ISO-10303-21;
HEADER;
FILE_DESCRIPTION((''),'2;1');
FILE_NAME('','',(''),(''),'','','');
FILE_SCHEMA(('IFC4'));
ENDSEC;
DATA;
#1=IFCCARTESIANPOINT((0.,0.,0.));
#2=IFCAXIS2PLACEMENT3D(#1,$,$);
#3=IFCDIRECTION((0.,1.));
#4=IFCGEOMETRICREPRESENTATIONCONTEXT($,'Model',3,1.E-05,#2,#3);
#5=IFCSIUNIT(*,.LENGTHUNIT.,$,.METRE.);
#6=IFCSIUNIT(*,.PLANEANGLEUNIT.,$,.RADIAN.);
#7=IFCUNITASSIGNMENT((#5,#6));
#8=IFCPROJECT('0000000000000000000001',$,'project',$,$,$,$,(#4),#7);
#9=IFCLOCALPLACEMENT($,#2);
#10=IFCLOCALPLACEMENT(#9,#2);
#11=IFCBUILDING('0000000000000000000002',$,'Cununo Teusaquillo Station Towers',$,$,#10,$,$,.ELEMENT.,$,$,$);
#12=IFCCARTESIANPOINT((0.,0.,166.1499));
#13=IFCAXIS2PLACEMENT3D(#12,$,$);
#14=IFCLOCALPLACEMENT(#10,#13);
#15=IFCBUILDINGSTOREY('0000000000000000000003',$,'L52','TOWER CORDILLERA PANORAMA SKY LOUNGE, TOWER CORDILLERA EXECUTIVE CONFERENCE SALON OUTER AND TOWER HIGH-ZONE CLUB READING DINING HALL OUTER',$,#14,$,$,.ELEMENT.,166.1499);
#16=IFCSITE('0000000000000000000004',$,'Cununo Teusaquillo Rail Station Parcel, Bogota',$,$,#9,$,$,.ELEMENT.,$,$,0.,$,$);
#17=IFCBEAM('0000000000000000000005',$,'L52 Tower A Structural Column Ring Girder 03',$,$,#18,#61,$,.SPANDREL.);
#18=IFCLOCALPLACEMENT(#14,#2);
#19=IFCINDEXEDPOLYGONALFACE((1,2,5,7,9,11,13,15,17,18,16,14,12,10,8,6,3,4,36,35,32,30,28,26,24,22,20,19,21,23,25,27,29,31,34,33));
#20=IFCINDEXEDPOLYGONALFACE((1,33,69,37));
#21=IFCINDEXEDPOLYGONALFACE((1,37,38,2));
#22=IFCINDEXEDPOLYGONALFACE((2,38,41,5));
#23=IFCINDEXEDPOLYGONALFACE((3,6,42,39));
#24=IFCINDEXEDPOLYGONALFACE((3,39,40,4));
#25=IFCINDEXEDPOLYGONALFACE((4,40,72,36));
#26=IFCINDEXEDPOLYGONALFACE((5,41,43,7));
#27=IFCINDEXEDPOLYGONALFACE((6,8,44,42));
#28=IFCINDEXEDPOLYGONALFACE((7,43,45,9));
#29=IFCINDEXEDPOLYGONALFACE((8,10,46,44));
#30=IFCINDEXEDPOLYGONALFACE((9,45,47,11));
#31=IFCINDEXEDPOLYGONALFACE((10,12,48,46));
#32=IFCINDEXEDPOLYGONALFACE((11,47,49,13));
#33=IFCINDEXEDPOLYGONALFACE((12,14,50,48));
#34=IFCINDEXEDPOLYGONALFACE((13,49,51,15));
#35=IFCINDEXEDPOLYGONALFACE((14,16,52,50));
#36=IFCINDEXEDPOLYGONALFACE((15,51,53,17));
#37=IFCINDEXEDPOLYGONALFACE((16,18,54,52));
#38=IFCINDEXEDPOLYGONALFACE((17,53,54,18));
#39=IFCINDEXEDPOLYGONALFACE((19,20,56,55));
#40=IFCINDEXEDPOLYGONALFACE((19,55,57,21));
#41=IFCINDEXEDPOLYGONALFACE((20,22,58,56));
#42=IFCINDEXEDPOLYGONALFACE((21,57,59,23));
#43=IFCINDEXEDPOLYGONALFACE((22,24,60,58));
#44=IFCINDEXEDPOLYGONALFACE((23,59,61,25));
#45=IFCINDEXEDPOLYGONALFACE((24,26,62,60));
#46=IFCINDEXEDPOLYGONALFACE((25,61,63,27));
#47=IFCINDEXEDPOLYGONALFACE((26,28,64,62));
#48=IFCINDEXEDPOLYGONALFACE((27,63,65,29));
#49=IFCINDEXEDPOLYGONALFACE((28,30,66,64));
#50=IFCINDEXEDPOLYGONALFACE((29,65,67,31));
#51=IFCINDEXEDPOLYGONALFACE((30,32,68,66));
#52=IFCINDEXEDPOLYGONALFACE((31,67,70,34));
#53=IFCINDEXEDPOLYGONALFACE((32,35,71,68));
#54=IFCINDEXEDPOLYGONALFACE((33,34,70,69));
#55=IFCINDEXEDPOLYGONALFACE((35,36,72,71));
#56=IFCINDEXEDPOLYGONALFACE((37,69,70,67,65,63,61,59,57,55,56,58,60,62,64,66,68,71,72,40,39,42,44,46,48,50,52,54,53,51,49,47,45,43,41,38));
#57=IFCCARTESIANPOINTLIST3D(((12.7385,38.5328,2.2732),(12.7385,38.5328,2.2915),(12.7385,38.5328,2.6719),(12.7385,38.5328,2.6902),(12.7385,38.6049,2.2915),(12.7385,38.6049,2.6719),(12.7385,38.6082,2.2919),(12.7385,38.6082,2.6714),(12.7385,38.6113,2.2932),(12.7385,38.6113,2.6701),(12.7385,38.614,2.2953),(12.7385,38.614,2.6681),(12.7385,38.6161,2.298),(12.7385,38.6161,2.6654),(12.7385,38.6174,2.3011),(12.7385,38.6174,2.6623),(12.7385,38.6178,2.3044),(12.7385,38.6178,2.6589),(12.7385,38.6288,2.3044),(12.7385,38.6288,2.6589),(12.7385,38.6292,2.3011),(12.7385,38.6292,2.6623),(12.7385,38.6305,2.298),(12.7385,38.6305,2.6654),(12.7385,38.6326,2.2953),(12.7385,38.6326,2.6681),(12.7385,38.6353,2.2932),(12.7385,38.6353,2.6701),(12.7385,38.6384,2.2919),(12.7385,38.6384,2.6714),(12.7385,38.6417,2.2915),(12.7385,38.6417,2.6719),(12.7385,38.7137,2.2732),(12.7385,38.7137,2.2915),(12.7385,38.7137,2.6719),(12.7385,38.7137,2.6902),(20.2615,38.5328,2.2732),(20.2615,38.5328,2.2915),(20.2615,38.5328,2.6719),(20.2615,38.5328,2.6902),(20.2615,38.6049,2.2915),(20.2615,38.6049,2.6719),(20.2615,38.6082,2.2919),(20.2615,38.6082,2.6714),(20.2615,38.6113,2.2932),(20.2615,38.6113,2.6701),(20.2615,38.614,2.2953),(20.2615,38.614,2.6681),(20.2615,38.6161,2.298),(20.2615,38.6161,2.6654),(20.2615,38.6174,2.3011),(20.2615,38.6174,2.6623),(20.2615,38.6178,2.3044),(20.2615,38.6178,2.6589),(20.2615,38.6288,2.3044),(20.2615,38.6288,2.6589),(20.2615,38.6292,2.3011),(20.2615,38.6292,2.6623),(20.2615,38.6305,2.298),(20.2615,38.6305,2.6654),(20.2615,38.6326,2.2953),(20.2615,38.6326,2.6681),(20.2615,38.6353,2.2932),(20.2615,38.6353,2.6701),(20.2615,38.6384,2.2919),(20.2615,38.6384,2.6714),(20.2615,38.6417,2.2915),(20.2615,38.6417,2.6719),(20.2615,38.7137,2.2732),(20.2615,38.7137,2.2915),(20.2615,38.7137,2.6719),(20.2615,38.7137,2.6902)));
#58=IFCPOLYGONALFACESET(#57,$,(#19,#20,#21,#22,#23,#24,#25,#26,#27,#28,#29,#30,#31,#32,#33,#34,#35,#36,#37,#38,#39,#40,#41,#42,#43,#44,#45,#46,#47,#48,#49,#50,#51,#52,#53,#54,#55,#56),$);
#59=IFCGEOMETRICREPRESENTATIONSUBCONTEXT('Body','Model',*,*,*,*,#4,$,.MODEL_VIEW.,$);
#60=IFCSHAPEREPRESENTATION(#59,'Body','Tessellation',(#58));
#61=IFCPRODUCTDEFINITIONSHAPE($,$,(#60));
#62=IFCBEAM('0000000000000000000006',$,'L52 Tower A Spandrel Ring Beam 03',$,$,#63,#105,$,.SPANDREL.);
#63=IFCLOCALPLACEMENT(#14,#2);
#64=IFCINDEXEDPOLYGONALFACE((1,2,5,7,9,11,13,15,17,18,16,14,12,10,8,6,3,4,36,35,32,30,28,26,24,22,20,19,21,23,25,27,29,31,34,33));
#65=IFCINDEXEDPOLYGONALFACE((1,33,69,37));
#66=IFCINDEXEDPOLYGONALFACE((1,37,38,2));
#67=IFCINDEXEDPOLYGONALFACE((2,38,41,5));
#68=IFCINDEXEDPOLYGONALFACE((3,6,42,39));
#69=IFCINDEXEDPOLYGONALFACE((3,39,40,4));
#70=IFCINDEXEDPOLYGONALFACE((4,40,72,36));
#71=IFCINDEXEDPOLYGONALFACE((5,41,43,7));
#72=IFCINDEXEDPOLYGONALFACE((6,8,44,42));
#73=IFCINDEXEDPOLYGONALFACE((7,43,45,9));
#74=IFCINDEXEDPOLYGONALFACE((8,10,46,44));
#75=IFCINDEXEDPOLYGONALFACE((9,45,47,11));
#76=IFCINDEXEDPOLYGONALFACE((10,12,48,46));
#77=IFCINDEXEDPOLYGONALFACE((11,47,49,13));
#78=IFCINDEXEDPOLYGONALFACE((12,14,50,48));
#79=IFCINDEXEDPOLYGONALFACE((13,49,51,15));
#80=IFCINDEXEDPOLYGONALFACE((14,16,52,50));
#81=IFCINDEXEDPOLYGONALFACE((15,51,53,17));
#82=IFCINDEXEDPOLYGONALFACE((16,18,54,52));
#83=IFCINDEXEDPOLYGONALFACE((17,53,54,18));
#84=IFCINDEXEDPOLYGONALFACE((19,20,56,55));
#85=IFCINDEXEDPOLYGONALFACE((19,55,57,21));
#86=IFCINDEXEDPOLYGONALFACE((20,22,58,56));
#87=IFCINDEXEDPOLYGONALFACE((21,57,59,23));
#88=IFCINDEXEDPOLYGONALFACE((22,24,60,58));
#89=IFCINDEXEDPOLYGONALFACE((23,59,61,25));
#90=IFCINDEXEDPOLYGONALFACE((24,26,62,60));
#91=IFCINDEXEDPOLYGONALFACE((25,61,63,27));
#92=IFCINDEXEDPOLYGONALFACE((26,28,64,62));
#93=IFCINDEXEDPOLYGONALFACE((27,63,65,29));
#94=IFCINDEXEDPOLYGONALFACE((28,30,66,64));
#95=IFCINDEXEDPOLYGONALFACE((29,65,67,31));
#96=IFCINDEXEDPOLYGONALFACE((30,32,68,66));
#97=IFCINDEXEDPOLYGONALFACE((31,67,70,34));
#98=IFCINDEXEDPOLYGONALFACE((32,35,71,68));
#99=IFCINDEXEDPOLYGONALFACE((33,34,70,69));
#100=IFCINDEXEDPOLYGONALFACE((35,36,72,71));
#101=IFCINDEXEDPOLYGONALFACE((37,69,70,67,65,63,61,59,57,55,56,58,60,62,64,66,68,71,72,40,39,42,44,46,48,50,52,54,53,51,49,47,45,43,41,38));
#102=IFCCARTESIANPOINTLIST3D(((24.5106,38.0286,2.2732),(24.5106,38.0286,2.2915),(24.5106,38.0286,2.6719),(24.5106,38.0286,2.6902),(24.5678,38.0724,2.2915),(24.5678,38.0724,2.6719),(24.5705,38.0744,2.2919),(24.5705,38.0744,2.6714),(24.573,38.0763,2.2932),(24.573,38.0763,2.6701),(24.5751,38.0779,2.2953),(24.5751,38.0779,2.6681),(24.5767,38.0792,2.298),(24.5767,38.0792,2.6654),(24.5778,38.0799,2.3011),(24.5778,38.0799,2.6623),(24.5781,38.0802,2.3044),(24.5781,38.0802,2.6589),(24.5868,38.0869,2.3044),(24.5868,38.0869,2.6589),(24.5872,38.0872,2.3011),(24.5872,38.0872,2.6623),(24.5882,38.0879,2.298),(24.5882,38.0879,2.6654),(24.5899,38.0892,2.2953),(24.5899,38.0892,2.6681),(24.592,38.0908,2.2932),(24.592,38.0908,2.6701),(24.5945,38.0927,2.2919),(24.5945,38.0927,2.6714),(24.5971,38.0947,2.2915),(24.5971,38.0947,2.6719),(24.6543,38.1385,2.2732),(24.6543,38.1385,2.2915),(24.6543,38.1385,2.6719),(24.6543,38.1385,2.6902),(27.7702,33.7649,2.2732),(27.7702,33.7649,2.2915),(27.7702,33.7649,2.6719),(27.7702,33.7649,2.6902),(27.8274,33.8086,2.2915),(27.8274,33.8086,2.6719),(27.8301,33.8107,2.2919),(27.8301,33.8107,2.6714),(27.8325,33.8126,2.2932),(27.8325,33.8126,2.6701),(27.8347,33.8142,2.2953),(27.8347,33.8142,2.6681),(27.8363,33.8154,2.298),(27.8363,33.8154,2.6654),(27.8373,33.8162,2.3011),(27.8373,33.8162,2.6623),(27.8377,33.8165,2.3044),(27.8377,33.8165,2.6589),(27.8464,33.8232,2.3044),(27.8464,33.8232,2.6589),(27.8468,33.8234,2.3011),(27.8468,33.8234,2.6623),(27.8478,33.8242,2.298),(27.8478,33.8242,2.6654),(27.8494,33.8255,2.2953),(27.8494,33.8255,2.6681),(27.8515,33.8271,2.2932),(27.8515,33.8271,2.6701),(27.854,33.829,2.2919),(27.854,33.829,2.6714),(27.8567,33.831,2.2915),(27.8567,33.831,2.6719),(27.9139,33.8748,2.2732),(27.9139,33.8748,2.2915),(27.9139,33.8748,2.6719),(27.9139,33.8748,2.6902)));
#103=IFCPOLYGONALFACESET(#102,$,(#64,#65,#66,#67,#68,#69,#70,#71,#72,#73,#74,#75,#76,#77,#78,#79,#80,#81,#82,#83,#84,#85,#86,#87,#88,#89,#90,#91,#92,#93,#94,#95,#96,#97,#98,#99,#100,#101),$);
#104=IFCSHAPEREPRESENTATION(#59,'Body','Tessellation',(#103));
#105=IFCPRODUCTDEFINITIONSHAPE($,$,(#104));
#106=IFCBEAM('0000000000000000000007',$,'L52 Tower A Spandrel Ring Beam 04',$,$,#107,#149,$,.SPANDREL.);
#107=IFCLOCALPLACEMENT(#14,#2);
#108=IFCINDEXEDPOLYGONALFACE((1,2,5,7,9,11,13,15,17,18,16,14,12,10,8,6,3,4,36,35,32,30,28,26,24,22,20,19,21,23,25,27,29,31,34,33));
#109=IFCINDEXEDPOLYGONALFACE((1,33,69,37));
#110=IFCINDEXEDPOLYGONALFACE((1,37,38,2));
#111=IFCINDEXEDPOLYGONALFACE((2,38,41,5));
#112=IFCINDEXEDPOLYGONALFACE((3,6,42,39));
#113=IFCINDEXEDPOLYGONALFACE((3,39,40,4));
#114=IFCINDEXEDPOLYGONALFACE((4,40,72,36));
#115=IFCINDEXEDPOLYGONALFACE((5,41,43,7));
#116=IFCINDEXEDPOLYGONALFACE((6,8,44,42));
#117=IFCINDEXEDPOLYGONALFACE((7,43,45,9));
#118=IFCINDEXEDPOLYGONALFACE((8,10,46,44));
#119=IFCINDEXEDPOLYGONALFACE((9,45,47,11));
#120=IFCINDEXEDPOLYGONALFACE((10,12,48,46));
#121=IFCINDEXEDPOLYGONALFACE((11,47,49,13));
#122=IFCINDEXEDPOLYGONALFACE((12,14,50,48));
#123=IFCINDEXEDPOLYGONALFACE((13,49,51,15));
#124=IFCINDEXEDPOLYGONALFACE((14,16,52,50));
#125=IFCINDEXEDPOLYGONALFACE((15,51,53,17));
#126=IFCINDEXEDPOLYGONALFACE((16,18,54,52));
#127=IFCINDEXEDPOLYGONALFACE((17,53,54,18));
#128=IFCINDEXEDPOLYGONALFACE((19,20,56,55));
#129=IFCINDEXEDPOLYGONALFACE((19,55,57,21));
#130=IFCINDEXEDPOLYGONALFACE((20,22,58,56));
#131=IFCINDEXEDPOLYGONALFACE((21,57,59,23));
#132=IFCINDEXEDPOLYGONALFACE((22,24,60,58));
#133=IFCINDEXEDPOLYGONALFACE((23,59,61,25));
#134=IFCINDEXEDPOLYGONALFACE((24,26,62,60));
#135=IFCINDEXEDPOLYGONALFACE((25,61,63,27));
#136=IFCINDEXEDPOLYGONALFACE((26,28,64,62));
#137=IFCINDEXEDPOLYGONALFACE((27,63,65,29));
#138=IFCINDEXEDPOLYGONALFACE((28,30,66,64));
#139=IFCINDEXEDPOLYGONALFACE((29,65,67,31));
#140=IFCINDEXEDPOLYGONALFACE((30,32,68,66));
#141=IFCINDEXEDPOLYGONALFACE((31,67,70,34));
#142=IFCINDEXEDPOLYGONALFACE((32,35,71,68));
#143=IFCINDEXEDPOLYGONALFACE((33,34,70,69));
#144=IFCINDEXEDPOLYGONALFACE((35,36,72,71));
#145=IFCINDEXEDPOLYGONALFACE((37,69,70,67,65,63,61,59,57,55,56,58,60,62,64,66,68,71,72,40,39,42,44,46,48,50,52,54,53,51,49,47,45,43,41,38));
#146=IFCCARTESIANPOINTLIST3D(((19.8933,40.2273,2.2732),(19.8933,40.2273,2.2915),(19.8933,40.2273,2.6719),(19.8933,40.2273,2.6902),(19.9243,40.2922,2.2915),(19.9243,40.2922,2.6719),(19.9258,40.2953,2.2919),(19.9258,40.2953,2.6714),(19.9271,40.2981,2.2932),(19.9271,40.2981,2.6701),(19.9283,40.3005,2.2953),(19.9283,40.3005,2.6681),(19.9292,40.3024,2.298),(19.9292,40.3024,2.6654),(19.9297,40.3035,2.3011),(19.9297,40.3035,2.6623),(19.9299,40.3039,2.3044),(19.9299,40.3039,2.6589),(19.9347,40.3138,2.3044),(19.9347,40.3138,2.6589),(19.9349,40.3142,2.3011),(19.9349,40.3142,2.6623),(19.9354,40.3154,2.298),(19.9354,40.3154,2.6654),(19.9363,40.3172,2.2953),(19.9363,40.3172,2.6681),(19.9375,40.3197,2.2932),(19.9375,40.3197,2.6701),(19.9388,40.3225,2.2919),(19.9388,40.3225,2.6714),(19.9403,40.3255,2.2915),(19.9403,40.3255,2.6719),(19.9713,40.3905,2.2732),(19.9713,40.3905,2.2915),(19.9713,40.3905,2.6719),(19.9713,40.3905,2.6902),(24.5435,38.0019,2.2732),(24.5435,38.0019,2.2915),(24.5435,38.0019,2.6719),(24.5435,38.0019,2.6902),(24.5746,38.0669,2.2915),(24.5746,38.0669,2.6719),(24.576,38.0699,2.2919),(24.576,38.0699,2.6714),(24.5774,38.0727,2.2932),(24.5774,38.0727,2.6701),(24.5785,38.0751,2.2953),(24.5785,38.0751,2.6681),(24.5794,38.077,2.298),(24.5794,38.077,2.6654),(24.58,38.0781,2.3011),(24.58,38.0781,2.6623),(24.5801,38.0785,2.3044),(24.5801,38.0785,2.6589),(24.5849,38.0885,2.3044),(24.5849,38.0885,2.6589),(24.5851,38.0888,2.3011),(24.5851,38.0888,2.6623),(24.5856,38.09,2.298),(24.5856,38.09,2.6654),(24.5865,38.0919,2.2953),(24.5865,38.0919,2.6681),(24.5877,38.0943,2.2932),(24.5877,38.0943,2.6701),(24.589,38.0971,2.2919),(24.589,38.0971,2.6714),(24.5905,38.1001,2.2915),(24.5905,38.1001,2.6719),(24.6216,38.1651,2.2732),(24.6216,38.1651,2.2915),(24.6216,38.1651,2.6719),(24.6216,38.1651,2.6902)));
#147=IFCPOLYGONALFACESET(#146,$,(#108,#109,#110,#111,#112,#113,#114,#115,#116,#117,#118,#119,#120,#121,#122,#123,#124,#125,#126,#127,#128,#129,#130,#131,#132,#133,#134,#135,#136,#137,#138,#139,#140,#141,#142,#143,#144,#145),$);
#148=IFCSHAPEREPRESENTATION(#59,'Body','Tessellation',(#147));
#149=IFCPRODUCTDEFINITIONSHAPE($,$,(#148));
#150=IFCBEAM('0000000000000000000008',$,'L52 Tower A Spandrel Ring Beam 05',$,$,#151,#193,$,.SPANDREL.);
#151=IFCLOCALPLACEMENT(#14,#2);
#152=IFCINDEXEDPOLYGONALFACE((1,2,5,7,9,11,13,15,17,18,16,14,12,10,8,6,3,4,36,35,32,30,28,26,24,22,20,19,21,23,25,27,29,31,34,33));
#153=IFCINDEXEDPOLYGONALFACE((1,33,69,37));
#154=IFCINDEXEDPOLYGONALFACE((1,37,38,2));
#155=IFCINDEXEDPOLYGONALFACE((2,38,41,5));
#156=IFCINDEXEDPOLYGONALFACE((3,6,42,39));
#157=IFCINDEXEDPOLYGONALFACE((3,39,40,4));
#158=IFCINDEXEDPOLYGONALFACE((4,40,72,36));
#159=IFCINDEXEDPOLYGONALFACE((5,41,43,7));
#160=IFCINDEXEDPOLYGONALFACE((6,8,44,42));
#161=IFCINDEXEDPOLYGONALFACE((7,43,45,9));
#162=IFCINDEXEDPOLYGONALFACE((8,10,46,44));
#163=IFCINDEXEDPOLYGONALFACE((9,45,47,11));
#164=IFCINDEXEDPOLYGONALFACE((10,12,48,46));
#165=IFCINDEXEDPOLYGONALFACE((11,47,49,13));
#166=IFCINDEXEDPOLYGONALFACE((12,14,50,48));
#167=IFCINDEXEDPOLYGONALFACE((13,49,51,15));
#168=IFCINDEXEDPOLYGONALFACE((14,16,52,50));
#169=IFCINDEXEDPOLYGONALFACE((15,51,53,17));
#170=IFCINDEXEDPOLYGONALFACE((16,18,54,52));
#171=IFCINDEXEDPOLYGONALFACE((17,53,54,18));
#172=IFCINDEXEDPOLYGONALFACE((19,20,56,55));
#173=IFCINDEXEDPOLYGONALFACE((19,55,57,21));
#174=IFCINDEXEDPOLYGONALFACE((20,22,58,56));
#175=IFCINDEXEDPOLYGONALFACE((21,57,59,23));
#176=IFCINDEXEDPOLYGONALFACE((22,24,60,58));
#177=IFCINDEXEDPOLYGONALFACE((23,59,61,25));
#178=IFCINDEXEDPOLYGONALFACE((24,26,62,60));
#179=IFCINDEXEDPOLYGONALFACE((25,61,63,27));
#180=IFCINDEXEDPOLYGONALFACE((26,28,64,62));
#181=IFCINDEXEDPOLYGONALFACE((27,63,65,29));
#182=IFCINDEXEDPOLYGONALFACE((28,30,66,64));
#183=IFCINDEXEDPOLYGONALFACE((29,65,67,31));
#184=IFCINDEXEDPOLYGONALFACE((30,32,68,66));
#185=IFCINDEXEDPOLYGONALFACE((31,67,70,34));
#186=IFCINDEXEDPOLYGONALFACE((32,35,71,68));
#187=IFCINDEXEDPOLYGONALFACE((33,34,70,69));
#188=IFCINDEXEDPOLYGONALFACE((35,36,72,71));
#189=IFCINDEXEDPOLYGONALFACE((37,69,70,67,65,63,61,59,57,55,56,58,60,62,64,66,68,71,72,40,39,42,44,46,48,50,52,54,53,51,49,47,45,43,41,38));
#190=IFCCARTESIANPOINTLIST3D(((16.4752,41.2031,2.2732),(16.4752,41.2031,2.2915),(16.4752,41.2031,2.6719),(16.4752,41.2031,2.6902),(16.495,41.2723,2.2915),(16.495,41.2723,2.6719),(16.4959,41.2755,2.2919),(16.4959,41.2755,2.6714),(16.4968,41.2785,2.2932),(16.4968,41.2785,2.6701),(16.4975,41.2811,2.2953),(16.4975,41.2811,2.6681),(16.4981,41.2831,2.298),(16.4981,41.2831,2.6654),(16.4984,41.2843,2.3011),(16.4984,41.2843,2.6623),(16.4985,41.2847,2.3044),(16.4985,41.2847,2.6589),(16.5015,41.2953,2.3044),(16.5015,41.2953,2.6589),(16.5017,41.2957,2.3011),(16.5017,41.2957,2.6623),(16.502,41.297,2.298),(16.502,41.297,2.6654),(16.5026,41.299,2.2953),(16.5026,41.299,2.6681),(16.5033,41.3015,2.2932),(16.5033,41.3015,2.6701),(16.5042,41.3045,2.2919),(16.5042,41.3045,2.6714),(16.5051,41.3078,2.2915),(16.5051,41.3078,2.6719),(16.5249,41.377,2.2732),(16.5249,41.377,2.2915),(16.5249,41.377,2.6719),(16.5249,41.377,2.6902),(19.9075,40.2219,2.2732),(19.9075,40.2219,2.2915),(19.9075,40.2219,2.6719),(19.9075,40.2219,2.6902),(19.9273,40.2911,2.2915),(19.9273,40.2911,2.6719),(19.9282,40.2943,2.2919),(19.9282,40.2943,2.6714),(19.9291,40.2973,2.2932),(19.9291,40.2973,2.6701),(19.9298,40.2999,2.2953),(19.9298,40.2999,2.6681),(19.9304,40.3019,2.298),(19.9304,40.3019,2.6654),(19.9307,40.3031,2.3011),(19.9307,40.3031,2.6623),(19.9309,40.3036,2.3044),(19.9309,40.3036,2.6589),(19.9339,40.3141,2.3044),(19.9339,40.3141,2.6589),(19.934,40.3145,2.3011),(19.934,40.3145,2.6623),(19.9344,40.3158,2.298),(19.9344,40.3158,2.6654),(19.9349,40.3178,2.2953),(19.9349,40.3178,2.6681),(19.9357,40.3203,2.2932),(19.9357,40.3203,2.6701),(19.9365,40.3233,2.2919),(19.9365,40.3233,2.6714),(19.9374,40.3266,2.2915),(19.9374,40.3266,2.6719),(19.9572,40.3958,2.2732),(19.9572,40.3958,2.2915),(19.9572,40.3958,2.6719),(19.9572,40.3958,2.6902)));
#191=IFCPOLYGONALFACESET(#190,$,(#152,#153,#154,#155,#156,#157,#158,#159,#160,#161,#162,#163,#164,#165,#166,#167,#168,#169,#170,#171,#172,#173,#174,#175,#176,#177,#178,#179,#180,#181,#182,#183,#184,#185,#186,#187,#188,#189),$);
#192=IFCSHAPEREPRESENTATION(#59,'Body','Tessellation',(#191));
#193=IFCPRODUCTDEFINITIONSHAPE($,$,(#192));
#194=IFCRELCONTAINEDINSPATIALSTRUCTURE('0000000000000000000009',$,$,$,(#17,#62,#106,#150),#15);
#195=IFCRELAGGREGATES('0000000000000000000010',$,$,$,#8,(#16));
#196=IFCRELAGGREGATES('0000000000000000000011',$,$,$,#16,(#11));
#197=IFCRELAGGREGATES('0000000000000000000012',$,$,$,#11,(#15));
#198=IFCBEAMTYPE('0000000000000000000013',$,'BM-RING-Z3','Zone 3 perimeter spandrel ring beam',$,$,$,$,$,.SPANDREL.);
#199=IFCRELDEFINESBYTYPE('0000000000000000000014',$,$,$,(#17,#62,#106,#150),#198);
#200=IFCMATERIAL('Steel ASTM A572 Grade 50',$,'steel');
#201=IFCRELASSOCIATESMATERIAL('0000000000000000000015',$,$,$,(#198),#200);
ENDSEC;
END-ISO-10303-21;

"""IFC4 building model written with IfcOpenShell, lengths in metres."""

from ifc_helpers import new_model, si_unit, direction, frame, origin, origin_2d, place, context, subcontext, project, spatial, i_section, extrude, material, material_profile, profile_set, type_object, element, save


model = new_model("IFC4")

# Units and contexts
model_context = context("Model", 3, precision=1e-05, world=origin(), true_north=direction((0.0, 1.0)))
body_context = subcontext(model_context, "Body", "Model", "MODEL_VIEW")
ifc_project = project(units=[si_unit("LENGTHUNIT", "METRE"), si_unit("PLANEANGLEUNIT", "RADIAN")], contexts=[model_context])

# Site, building, storey
site_placement = place(None, origin())
site = spatial("IfcSite", under=ifc_project, at=site_placement, Name="Cununo Teusaquillo Rail Station Parcel, Bogota", CompositionType="ELEMENT", RefElevation=0.0)
building_placement = place(site_placement, origin())
building = spatial("IfcBuilding", under=site, at=building_placement, Name="Cununo Teusaquillo Station Towers", CompositionType="ELEMENT")
storey_placement = place(building_placement, frame((0.0, 0.0, 166.1499)))
storey = spatial("IfcBuildingStorey", under=building, at=storey_placement, Name="L52", Description="TOWER CORDILLERA PANORAMA SKY LOUNGE, TOWER CORDILLERA EXECUTIVE CONFERENCE SALON OUTER AND TOWER HIGH-ZONE CLUB READING DINING HALL OUTER", CompositionType="ELEMENT", Elevation=166.1499)

# Beams
ifc_material_1 = material(Name="Steel ASTM A572 Grade 50", Category="steel")
ifc_material_profile_1 = material_profile(ifc_material_1, i_section(OverallWidth=0.1809, OverallDepth=0.417, WebThickness=0.011, FlangeThickness=0.0183, FilletRadius=0.0129, at=origin_2d()), Name="W16X57")
ifc_profile_set_1 = profile_set([ifc_material_profile_1], Name="Steel ASTM A572 Grade 50")
beam_type_1 = type_object("IfcBeamType", Name="BM-RING-Z3", Description="Zone 3 perimeter spandrel ring beam", PredefinedType="SPANDREL", material=ifc_profile_set_1)
beam_1_placement = place(storey_placement, frame((20.2615, 38.6233, 2.4817), z_axis=(-1.0, 0.0, 0.0), x_axis=(0.0, -1.0, 0.0)))
element("IfcBeam", 1, at=beam_1_placement, inside=storey, type_object=beam_type_1, Name="L52 Tower A Structural Column Ring Girder 03", PredefinedType="SPANDREL", context=body_context, shape_type="SweptSolid", body=[
    extrude(i_section(OverallWidth=0.1809, OverallDepth=0.417, WebThickness=0.011, FlangeThickness=0.0183, FilletRadius=0.0129, at=origin_2d()), origin(), (0.0, 0.0, 1.0), 7.5229),
])
beam_2_placement = place(storey_placement, frame((27.842, 33.8198, 2.4817), z_axis=(-0.60734, 0.794442, 0.0), x_axis=(-0.794442, -0.60734, 0.0)))
element("IfcBeam", 2, at=beam_2_placement, inside=storey, type_object=beam_type_1, Name="L52 Tower A Spandrel Ring Beam 03", PredefinedType="SPANDREL", context=body_context, shape_type="SweptSolid", body=[
    extrude(i_section(OverallWidth=0.1809, OverallDepth=0.417, WebThickness=0.011, FlangeThickness=0.0183, FilletRadius=0.0129, at=origin_2d()), origin(), (0.0, 0.0, 1.0), 5.3669),
])
beam_3_placement = place(storey_placement, frame((24.5825, 38.0835, 2.4817), z_axis=(-0.902032, 0.43167, 0.0), x_axis=(-0.43167, -0.902032, 0.0)))
element("IfcBeam", 3, at=beam_3_placement, inside=storey, type_object=beam_type_1, Name="L52 Tower A Spandrel Ring Beam 04", PredefinedType="SPANDREL", context=body_context, shape_type="SweptSolid", body=[
    extrude(i_section(OverallWidth=0.1809, OverallDepth=0.417, WebThickness=0.011, FlangeThickness=0.0183, FilletRadius=0.0129, at=origin_2d()), origin(), (0.0, 0.0, 1.0), 5.1553),
])
beam_4_placement = place(storey_placement, frame((19.9324, 40.3088, 2.4817), z_axis=(-0.961485, 0.274857, 0.0), x_axis=(-0.274857, -0.961485, 0.0)))
element("IfcBeam", 4, at=beam_4_placement, inside=storey, type_object=beam_type_1, Name="L52 Tower A Spandrel Ring Beam 05", PredefinedType="SPANDREL", context=body_context, shape_type="SweptSolid", body=[
    extrude(i_section(OverallWidth=0.1809, OverallDepth=0.417, WebThickness=0.011, FlangeThickness=0.0183, FilletRadius=0.0129, at=origin_2d()), origin(), (0.0, 0.0, 1.0), 3.5698),
])

save(model, "model.ifc")
